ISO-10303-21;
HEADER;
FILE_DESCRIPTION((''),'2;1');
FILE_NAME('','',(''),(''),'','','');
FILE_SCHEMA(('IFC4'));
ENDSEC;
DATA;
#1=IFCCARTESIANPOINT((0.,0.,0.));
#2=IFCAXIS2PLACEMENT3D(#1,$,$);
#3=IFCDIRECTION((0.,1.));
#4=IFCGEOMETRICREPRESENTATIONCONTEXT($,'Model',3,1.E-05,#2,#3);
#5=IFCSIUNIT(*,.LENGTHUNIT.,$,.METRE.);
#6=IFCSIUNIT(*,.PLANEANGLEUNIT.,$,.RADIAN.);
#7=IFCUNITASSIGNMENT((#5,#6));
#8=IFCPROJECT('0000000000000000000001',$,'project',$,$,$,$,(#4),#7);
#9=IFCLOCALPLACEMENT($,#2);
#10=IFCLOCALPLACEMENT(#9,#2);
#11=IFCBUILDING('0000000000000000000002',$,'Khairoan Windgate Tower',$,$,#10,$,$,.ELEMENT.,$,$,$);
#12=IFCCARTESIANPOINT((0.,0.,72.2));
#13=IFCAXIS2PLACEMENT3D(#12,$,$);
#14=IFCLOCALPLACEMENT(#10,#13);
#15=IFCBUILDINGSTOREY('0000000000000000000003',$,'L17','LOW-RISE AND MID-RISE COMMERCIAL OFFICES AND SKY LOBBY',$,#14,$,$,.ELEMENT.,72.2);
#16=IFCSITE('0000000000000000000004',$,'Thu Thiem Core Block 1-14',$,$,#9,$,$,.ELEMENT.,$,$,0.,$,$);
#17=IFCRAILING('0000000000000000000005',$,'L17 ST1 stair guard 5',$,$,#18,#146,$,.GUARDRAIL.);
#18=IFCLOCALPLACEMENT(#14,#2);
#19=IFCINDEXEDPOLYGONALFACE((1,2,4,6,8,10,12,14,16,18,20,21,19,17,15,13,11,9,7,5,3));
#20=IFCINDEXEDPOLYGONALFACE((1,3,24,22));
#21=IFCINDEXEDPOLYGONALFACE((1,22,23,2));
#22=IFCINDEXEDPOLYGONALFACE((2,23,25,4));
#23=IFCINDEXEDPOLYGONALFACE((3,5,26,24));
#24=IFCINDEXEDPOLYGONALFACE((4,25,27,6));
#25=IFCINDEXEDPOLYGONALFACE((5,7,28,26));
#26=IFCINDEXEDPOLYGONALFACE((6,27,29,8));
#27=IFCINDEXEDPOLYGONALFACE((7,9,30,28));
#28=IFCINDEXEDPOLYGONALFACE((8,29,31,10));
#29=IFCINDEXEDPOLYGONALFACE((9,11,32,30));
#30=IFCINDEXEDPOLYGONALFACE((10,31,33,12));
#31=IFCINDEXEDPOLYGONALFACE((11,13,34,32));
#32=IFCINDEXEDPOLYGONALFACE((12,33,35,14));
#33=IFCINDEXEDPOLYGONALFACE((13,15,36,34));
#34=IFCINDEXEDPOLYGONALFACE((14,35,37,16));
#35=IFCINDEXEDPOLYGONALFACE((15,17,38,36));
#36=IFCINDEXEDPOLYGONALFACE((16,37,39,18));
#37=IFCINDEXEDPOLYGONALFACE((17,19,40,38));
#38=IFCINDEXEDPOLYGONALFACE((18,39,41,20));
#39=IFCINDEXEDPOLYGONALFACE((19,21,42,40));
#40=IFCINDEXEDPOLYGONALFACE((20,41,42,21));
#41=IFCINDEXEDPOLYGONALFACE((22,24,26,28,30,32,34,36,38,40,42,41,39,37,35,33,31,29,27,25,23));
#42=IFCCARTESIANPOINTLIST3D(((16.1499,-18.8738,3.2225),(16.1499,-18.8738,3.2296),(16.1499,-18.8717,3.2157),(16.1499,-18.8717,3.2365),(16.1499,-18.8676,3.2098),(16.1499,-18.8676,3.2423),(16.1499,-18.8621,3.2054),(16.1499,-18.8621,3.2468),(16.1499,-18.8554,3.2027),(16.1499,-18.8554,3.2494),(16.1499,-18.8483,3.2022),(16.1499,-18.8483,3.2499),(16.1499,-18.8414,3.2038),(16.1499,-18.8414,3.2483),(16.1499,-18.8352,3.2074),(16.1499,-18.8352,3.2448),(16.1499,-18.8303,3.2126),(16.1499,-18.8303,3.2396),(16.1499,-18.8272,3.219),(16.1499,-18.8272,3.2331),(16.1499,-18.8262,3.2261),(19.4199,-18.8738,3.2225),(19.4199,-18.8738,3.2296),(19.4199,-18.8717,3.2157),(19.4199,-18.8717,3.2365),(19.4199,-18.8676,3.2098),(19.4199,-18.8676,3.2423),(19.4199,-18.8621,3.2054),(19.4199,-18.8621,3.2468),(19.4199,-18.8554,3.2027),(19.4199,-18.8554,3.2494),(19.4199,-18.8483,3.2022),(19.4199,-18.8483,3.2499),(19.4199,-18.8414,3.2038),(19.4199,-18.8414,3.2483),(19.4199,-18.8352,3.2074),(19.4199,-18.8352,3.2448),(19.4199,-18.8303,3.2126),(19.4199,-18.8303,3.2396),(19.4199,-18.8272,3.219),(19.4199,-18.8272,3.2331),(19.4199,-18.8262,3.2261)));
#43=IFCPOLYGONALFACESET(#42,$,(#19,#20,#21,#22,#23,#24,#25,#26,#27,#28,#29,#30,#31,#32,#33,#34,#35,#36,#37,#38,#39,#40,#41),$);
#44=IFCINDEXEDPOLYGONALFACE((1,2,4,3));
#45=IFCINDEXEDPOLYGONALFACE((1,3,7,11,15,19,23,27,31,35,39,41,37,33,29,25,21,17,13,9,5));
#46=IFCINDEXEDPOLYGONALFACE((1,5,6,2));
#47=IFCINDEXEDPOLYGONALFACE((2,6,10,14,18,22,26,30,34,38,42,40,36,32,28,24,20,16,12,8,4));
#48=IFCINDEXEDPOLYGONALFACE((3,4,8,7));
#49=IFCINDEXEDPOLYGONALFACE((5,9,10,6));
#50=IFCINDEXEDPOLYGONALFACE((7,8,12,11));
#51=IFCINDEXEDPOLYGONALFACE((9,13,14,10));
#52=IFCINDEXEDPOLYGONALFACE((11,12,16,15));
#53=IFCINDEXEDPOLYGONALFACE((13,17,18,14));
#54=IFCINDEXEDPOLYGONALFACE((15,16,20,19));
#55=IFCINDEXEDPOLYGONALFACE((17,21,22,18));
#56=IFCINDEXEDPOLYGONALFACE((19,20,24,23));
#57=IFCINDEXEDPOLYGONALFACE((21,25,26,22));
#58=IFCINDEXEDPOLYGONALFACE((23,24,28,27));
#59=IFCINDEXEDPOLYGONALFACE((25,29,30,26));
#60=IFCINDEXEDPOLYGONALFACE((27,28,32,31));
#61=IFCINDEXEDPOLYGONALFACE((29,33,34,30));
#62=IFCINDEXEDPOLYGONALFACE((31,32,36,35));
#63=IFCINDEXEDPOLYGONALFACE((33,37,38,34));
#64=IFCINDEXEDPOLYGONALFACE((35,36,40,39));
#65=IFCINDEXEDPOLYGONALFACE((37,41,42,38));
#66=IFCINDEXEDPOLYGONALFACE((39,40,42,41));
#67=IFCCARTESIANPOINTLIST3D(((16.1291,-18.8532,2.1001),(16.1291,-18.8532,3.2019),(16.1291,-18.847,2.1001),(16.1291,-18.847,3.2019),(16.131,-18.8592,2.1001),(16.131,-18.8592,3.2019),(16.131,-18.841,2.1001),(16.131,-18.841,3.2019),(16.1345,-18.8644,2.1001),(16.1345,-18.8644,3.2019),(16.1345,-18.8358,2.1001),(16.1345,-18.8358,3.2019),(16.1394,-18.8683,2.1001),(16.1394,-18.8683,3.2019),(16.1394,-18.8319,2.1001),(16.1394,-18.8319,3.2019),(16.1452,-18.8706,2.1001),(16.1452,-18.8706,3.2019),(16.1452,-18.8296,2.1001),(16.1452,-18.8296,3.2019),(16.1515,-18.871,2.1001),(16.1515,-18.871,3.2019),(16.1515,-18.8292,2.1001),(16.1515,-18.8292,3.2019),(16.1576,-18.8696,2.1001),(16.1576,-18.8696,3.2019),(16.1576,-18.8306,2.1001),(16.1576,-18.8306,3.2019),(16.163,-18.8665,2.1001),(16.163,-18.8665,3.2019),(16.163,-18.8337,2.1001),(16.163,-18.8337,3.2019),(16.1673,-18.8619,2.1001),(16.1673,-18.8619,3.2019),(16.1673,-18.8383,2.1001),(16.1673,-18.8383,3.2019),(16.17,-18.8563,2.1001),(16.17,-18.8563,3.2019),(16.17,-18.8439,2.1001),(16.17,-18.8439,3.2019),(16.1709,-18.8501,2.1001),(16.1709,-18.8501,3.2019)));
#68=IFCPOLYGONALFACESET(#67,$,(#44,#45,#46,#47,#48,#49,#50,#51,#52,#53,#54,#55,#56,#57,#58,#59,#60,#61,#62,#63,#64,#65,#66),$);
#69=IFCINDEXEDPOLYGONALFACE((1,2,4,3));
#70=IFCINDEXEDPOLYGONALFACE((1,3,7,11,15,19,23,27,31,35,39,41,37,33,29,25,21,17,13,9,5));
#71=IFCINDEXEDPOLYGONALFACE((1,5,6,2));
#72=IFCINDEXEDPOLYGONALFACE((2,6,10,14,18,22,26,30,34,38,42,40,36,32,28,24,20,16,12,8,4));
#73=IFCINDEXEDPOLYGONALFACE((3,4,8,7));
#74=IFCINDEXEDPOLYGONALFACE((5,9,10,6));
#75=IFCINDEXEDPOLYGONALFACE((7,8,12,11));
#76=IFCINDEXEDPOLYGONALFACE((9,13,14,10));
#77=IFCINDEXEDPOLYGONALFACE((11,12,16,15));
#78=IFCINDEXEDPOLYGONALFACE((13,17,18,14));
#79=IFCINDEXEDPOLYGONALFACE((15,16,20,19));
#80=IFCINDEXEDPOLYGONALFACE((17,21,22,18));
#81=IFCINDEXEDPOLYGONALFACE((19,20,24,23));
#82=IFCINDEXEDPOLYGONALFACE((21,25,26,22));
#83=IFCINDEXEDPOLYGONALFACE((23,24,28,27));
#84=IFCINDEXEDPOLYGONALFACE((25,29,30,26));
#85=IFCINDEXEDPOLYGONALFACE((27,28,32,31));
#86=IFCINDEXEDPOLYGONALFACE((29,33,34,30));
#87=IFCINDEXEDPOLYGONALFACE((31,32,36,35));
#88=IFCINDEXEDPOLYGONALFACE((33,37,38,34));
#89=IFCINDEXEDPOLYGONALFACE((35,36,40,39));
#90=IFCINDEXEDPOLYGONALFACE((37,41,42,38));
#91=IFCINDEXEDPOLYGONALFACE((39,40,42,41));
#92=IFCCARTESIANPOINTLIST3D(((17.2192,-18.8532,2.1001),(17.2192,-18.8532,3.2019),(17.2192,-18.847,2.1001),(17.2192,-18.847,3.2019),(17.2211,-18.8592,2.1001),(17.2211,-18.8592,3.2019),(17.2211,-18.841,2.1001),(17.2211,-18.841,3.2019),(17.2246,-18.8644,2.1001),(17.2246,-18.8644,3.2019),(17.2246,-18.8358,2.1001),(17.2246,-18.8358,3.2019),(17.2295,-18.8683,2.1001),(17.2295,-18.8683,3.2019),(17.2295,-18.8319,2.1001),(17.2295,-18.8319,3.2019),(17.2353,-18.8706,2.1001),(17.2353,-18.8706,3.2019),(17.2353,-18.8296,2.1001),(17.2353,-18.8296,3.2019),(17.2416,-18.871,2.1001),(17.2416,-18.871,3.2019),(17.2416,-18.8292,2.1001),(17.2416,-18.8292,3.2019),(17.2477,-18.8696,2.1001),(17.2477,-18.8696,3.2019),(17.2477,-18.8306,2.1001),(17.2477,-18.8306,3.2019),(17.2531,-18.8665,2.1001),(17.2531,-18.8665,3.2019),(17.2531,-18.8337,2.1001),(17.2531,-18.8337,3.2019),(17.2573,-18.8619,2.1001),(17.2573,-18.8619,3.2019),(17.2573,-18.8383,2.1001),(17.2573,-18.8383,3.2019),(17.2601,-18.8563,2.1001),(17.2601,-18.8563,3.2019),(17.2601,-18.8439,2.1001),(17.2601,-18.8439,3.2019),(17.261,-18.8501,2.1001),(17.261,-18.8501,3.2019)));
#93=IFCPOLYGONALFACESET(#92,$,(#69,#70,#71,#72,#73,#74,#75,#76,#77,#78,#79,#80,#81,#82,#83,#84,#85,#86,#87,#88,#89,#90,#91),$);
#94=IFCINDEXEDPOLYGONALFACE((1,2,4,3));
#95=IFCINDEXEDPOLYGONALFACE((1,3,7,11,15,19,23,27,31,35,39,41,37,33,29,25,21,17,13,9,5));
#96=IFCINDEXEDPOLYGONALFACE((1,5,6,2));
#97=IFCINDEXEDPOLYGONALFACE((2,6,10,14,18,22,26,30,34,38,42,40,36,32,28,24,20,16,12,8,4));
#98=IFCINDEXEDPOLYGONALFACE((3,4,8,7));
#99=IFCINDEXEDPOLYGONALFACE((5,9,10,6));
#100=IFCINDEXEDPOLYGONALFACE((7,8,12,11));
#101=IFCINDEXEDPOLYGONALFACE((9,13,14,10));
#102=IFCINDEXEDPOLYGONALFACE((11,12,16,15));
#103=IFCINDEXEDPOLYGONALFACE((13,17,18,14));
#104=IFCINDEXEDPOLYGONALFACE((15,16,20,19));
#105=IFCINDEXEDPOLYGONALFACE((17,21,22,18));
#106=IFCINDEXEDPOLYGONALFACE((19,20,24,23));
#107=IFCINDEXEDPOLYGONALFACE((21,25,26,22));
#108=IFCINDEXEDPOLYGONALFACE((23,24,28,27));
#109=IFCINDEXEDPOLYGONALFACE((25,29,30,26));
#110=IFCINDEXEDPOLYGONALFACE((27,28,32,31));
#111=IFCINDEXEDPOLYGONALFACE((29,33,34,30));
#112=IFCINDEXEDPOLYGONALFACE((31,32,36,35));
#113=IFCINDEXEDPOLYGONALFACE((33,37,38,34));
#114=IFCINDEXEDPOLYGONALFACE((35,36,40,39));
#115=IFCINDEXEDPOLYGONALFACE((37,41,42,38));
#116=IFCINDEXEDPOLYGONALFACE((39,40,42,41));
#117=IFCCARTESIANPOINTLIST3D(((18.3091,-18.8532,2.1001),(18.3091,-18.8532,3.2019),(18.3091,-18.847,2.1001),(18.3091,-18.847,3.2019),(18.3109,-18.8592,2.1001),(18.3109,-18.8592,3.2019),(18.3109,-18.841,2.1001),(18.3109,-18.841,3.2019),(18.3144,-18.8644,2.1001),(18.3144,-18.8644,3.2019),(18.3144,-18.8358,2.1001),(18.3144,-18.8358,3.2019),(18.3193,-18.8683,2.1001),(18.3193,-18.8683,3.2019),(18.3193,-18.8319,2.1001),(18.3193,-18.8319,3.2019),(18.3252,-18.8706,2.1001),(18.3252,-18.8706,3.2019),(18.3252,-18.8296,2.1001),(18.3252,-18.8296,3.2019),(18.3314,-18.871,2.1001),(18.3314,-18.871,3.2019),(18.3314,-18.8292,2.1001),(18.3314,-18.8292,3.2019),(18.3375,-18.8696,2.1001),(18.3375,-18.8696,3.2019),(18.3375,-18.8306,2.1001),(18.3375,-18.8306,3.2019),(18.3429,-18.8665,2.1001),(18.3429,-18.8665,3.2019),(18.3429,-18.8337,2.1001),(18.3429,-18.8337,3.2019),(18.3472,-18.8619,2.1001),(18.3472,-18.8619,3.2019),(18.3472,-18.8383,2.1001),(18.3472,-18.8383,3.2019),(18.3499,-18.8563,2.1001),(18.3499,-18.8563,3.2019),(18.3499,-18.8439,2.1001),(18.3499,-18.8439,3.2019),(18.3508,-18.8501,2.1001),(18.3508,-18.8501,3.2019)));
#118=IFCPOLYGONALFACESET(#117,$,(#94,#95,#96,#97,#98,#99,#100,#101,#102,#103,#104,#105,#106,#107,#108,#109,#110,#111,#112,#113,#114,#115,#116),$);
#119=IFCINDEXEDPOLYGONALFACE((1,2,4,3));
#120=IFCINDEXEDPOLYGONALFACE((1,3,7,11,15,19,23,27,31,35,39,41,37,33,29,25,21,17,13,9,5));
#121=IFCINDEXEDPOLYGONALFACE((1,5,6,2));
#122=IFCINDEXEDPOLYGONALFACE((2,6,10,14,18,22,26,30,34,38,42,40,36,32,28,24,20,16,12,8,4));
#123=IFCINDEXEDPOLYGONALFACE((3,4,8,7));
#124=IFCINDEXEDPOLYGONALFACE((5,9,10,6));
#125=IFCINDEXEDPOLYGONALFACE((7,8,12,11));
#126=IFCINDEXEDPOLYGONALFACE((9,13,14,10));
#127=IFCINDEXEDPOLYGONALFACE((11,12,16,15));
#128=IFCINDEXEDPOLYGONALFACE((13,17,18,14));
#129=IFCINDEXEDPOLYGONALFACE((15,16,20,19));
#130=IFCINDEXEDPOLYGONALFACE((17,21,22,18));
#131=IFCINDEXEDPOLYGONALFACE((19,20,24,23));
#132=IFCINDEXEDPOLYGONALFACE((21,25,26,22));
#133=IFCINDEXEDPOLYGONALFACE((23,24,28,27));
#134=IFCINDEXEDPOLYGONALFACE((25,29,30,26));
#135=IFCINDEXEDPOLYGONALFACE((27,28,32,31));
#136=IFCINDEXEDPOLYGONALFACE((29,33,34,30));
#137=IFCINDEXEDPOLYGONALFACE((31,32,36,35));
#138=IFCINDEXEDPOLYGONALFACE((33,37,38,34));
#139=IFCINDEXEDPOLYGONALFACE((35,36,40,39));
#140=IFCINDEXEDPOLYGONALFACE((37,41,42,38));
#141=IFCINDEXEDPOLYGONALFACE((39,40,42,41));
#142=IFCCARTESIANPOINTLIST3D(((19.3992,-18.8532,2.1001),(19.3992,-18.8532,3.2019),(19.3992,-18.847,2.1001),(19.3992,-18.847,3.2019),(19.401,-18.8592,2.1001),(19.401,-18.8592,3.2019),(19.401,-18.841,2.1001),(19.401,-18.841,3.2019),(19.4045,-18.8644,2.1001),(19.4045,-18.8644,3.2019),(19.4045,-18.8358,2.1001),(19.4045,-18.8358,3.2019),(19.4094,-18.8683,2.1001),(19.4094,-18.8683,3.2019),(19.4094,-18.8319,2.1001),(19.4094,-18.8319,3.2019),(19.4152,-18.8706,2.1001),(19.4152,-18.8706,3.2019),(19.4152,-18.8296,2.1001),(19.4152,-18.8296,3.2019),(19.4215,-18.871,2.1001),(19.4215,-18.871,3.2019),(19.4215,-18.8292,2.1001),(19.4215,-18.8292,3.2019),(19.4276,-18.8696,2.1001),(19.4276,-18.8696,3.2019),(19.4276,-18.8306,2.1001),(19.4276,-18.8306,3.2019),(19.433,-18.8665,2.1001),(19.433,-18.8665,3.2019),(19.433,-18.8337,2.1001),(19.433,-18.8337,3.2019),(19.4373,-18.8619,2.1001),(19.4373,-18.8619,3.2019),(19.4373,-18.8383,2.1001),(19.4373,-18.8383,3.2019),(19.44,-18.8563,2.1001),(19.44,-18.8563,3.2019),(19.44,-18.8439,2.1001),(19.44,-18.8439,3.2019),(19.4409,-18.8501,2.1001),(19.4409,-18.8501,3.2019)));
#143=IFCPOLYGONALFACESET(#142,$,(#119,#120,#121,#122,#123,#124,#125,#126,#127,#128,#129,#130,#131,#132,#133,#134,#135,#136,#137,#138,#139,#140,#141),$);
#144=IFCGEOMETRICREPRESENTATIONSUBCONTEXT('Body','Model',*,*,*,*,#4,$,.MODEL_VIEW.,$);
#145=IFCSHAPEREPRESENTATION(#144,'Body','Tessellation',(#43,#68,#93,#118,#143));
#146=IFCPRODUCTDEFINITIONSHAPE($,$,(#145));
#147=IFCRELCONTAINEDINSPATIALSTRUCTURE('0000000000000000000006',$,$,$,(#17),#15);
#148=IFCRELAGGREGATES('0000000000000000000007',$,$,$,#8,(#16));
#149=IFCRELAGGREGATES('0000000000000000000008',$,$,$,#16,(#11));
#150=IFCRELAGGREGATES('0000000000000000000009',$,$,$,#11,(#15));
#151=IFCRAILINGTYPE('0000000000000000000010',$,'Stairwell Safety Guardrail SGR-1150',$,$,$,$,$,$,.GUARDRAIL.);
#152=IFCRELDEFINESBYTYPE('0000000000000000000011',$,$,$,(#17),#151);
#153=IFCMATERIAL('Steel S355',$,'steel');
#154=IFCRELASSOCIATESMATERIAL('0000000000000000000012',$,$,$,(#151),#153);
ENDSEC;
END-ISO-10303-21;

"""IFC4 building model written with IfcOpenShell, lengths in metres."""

from ifc_helpers import new_model, si_unit, direction, frame, origin, origin_2d, place, context, subcontext, project, spatial, circle, extrude, material, type_object, element, save


model = new_model("IFC4")

# Units and contexts
model_context = context("Model", 3, precision=1e-05, world=origin(), true_north=direction((0.0, 1.0)))
body_context = subcontext(model_context, "Body", "Model", "MODEL_VIEW")
ifc_project = project(units=[si_unit("LENGTHUNIT", "METRE"), si_unit("PLANEANGLEUNIT", "RADIAN")], contexts=[model_context])

# Site, building, storey
site_placement = place(None, origin())
site = spatial("IfcSite", under=ifc_project, at=site_placement, Name="Thu Thiem Core Block 1-14", CompositionType="ELEMENT", RefElevation=0.0)
building_placement = place(site_placement, origin())
building = spatial("IfcBuilding", under=site, at=building_placement, Name="Khairoan Windgate Tower", CompositionType="ELEMENT")
storey_placement = place(building_placement, frame((0.0, 0.0, 72.2)))
storey = spatial("IfcBuildingStorey", under=building, at=storey_placement, Name="L17", Description="LOW-RISE AND MID-RISE COMMERCIAL OFFICES AND SKY LOBBY", CompositionType="ELEMENT", Elevation=72.2)

# Railing
ifc_material_1 = material(Name="Steel S355", Category="steel")
railing_type_1 = type_object("IfcRailingType", Name="Stairwell Safety Guardrail SGR-1150", PredefinedType="GUARDRAIL", material=ifc_material_1)
railing_1_placement = place(storey_placement, frame((16.1499, -18.8501, 2.1001)))
element("IfcRailing", 1, at=railing_1_placement, inside=storey, type_object=railing_type_1, Name="L17 ST1 stair guard 5", PredefinedType="GUARDRAIL", context=body_context, shape_type="SweptSolid", body=[
    extrude(circle(Radius=0.0239, at=origin_2d()), frame((0.0, 0.0, 1.126), z_axis=(1.0, 0.0, 0.0), x_axis=(0.0, 1.0, 0.0)), (0.0, 0.0, 1.0), 3.27),
    extrude(circle(Radius=0.021, at=origin_2d()), origin(), (0.0, 0.0, 1.0), 1.1018),
    extrude(circle(Radius=0.021, at=origin_2d()), frame((1.0901, 0.0, 0.0)), (0.0, 0.0, 1.0), 1.1018),
    extrude(circle(Radius=0.021, at=origin_2d()), frame((2.1799, 0.0, 0.0)), (0.0, 0.0, 1.0), 1.1018),
    extrude(circle(Radius=0.021, at=origin_2d()), frame((3.27, 0.0, 0.0)), (0.0, 0.0, 1.0), 1.1018),
])

save(model, "model.ifc")
